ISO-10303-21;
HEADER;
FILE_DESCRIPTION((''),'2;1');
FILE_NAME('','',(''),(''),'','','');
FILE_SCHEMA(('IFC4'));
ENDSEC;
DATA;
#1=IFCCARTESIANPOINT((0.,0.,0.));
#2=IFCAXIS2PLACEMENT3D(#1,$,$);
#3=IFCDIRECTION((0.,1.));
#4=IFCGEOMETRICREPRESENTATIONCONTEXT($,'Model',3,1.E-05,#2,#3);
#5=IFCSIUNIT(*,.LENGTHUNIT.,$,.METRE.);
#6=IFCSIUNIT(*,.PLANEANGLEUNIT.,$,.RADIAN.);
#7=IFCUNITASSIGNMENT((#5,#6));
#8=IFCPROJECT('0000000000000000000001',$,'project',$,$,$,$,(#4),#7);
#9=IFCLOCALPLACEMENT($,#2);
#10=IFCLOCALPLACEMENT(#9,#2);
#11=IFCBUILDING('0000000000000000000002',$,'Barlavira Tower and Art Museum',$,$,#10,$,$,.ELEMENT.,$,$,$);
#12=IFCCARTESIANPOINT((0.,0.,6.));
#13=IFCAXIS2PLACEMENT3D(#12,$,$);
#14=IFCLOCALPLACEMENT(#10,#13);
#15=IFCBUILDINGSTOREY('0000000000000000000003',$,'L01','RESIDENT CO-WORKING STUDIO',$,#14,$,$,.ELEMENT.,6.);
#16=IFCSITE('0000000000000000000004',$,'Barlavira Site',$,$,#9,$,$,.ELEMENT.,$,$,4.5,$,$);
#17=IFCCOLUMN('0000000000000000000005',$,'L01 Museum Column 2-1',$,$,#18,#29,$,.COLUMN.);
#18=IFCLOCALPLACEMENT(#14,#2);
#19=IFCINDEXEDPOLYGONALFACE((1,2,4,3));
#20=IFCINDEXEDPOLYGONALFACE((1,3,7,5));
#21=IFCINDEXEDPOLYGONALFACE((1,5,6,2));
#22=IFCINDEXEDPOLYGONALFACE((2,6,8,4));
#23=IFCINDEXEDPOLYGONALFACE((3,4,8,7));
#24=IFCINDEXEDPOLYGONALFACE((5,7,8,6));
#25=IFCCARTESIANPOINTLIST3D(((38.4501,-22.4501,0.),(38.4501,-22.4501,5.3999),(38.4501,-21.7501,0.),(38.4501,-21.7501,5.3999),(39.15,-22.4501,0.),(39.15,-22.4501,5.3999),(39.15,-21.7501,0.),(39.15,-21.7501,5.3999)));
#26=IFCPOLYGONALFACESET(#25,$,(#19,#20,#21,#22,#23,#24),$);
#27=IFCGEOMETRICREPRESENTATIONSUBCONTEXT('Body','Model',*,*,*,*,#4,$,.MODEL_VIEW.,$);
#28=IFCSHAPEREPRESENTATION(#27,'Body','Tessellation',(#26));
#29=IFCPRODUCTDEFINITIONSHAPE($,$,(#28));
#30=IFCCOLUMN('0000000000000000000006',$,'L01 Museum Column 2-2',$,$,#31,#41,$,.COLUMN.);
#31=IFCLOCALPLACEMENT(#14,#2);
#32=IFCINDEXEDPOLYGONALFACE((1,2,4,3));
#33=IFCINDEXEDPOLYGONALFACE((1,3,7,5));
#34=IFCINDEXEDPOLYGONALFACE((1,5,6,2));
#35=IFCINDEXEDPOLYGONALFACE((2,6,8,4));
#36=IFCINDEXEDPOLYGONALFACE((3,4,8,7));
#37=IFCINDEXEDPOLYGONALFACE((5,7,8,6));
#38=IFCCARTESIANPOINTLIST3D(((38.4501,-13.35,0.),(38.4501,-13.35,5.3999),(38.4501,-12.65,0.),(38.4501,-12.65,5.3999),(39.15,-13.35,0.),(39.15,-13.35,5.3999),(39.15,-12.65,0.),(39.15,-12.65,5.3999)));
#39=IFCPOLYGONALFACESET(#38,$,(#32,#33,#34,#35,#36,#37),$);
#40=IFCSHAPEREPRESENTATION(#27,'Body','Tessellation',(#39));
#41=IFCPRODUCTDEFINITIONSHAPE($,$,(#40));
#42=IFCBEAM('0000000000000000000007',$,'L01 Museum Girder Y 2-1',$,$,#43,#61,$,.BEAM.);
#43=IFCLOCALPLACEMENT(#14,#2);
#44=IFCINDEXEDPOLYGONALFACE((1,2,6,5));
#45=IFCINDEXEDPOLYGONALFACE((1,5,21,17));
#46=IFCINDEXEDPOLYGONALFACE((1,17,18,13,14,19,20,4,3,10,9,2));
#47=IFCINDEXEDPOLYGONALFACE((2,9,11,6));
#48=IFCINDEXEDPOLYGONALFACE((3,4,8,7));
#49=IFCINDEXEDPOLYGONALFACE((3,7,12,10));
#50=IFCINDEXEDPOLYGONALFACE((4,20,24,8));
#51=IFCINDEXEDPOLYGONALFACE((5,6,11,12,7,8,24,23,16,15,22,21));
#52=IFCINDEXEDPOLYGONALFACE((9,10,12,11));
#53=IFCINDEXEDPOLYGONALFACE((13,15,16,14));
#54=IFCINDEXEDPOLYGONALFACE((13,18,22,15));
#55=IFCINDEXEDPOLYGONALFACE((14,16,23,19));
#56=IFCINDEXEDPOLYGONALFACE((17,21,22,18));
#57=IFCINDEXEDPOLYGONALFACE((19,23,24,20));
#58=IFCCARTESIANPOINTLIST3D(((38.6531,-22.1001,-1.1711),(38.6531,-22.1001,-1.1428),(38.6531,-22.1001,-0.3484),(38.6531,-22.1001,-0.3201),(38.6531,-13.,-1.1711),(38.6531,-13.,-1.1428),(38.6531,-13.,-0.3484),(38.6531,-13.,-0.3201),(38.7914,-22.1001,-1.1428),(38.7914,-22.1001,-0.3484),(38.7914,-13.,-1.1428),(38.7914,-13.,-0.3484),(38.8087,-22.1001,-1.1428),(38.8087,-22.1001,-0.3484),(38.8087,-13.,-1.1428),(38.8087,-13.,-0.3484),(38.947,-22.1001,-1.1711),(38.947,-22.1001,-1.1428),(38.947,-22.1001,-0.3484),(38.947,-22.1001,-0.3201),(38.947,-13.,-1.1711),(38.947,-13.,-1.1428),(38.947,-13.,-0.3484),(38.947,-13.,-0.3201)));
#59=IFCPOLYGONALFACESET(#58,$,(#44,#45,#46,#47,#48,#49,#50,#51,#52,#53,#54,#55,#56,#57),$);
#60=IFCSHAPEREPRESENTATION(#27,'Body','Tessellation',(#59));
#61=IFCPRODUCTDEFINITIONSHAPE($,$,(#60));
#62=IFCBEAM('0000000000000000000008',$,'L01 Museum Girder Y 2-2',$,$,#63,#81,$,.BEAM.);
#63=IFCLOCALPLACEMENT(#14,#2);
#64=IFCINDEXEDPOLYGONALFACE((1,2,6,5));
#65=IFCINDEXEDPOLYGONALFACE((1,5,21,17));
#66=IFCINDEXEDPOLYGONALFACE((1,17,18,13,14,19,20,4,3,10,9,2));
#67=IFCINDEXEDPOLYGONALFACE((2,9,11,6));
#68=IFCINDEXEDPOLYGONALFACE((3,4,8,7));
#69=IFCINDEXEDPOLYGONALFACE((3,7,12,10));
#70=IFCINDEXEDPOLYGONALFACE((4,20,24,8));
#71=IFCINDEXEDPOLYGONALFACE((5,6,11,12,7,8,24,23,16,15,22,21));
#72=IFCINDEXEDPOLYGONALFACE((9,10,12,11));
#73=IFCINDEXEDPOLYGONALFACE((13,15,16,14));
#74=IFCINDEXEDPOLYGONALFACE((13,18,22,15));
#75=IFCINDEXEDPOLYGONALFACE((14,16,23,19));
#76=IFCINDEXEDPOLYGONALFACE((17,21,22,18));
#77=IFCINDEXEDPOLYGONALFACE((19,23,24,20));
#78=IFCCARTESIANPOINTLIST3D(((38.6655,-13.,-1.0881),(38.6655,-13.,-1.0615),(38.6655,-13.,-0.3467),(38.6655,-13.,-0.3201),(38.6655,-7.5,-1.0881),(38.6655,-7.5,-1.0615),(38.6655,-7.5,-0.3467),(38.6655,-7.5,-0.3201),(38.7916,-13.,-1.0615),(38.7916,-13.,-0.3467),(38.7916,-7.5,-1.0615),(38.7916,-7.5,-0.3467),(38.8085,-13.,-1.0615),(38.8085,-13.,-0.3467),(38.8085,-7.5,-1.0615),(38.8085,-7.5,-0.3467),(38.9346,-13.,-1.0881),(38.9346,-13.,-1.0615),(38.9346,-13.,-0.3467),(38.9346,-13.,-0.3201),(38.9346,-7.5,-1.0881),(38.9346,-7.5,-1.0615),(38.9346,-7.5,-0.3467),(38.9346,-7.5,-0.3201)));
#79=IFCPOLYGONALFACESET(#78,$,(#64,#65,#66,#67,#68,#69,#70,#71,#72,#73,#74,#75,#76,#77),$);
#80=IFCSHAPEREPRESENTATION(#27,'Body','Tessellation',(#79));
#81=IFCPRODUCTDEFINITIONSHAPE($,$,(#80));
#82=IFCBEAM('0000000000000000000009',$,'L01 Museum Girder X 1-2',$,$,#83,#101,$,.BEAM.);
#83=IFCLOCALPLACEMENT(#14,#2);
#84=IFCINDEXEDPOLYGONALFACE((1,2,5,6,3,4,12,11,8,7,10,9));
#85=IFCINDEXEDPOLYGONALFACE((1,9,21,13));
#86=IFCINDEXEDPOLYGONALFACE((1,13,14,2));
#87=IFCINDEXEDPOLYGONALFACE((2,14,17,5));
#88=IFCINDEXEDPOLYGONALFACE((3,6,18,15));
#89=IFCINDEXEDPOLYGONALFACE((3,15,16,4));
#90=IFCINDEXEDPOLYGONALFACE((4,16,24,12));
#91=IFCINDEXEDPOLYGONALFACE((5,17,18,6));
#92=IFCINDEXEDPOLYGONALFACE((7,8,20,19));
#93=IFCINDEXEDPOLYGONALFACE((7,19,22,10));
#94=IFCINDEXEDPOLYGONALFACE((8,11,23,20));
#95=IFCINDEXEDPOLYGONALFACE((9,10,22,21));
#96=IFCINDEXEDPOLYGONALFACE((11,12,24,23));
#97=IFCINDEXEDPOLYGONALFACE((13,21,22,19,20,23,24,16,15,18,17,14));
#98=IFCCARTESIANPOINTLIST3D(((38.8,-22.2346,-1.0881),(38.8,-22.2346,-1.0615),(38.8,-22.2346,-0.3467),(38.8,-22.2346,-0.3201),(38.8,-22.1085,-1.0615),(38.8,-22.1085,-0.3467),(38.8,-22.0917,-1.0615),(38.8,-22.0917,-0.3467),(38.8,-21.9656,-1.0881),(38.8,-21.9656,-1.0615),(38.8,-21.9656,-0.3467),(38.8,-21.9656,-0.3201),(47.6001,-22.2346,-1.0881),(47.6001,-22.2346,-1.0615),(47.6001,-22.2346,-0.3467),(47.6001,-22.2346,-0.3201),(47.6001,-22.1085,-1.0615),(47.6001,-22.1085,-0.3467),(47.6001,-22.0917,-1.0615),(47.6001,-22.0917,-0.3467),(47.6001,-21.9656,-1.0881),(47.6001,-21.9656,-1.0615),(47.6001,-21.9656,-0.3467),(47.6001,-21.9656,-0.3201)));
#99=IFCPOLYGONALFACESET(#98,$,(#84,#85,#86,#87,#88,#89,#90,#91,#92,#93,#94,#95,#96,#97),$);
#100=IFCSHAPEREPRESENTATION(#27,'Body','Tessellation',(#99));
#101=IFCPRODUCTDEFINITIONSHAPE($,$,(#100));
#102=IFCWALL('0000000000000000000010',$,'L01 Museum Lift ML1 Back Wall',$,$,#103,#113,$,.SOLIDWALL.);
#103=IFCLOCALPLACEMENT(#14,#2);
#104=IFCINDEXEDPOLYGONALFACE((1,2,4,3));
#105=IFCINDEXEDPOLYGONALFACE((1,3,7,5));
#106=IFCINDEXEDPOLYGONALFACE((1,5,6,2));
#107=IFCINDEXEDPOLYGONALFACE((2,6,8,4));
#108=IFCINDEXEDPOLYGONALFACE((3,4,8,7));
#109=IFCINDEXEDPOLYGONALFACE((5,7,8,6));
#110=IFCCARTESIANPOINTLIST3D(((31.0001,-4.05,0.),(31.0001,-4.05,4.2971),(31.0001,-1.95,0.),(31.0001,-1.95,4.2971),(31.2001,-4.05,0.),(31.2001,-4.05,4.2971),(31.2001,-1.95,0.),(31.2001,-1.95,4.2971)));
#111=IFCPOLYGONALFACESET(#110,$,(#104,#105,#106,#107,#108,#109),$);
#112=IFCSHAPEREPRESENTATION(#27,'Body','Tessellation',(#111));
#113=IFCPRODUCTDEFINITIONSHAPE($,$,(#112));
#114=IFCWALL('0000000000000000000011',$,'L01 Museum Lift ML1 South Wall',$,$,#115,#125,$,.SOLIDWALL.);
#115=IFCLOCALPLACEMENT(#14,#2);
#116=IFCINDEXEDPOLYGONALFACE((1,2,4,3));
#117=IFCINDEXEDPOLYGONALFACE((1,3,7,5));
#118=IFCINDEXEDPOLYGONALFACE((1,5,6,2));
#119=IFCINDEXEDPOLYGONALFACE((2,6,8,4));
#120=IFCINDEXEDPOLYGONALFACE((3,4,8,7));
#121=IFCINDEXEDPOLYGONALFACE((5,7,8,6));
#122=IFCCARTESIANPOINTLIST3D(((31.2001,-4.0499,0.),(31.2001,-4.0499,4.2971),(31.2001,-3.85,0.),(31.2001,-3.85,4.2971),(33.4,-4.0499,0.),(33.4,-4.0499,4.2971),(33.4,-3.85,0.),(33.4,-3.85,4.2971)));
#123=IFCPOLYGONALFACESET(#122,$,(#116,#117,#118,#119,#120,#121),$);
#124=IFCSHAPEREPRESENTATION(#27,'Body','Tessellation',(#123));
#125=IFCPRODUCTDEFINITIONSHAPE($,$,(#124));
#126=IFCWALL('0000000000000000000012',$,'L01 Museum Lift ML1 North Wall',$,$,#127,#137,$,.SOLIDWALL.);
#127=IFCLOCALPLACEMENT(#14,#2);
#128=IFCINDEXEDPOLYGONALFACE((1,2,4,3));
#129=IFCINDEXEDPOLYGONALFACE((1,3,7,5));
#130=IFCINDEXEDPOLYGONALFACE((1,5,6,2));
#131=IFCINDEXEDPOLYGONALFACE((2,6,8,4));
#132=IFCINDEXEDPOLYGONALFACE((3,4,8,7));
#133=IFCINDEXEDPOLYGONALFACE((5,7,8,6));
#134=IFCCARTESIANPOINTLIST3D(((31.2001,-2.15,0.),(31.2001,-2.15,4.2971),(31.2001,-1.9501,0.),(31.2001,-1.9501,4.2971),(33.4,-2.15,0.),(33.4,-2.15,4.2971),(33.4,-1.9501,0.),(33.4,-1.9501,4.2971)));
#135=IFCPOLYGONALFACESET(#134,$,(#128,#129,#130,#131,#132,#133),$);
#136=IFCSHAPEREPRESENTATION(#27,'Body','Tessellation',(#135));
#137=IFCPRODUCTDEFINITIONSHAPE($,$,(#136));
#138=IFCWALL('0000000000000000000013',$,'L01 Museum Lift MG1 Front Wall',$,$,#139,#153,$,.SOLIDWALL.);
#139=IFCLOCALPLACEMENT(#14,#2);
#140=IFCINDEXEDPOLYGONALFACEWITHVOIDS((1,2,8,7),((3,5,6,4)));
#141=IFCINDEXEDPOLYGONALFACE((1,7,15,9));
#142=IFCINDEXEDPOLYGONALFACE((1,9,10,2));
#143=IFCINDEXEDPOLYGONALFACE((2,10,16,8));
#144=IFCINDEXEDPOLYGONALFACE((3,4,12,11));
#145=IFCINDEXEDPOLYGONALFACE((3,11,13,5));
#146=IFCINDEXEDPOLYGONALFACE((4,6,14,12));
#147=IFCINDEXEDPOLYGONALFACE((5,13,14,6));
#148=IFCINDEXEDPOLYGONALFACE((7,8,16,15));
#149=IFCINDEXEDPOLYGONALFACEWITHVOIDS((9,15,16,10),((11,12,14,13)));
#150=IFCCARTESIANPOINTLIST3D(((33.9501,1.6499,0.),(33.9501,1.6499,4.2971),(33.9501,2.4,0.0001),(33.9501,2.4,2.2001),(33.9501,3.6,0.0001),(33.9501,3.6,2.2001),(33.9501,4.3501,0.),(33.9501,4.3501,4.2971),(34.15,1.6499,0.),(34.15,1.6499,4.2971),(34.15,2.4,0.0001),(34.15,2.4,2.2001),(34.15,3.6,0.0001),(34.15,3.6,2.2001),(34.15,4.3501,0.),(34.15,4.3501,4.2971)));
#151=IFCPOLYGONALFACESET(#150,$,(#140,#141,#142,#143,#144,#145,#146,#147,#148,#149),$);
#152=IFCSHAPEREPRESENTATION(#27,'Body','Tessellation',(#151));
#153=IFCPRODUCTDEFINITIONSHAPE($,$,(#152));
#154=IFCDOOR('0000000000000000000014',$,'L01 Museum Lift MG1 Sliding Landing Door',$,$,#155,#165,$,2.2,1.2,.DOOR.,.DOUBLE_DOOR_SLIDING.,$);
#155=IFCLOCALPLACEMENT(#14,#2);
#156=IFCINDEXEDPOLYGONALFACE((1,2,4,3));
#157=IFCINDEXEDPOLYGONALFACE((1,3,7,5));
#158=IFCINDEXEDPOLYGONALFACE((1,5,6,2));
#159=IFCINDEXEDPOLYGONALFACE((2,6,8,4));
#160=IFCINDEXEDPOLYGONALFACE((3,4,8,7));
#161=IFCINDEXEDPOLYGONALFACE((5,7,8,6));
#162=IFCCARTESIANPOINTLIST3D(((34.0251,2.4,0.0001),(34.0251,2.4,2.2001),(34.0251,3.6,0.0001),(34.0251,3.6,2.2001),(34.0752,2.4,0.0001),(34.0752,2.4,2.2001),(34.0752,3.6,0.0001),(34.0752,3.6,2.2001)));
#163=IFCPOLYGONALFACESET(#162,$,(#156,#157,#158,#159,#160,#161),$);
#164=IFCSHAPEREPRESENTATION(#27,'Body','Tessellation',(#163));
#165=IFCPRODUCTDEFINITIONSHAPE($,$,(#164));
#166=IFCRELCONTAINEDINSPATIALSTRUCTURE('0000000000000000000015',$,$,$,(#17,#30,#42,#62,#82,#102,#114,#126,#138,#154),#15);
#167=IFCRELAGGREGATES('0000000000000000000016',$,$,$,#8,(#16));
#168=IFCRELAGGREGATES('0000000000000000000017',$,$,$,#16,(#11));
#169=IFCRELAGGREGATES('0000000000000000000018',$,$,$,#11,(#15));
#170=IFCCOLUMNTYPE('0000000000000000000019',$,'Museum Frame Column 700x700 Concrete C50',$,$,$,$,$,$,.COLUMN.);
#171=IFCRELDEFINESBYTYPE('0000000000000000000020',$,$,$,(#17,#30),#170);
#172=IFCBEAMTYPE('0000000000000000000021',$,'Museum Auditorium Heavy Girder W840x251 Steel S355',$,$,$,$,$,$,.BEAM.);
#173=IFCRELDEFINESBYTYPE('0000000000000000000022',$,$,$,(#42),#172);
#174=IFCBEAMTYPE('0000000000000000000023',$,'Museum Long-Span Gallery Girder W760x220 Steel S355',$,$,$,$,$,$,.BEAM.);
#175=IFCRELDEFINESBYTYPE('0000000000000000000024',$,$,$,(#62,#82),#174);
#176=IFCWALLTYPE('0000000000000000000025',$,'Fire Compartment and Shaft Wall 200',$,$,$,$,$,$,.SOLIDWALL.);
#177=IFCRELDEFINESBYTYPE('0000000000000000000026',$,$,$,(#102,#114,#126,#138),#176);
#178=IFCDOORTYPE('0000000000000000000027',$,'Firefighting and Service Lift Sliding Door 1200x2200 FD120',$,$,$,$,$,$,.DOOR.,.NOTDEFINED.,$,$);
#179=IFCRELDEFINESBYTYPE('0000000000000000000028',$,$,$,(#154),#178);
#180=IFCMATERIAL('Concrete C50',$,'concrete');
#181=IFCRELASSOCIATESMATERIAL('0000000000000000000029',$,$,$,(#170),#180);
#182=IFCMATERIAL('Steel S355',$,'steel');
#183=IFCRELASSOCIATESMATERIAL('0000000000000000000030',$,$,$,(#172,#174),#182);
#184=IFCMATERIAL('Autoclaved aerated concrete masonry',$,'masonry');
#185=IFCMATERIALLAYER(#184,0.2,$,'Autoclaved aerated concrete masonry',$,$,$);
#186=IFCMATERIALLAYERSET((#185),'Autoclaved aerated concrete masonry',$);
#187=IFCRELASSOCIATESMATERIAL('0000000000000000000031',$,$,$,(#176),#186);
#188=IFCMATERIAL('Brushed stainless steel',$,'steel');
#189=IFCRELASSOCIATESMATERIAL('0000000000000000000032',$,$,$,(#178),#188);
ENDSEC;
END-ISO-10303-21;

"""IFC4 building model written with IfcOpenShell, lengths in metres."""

from ifc_helpers import new_model, si_unit, direction, frame, frame_2d, origin, origin_2d, place, context, subcontext, project, spatial, rectangle, i_section, extrude, material, layer, layer_set, material_profile, profile_set, type_object, element, fill, save


model = new_model("IFC4")

# Units and contexts
model_context = context("Model", 3, precision=1e-05, world=origin(), true_north=direction((0.0, 1.0)))
body_context = subcontext(model_context, "Body", "Model", "MODEL_VIEW")
ifc_project = project(units=[si_unit("LENGTHUNIT", "METRE"), si_unit("PLANEANGLEUNIT", "RADIAN")], contexts=[model_context])

# Site, building, storey
site_placement = place(None, origin())
site = spatial("IfcSite", under=ifc_project, at=site_placement, Name="Barlavira Site", CompositionType="ELEMENT", RefElevation=4.5)
building_placement = place(site_placement, origin())
building = spatial("IfcBuilding", under=site, at=building_placement, Name="Barlavira Tower and Art Museum", CompositionType="ELEMENT")
storey_placement = place(building_placement, frame((0.0, 0.0, 6.0)))
storey = spatial("IfcBuildingStorey", under=building, at=storey_placement, Name="L01", Description="RESIDENT CO-WORKING STUDIO", CompositionType="ELEMENT", Elevation=6.0)

# Columns
ifc_material_1 = material(Name="Concrete C50", Category="concrete")
ifc_material_profile_1 = material_profile(ifc_material_1, rectangle(XDim=0.7, YDim=0.7, at=origin_2d()), Name="RC-COL 700x700")
ifc_profile_set_1 = profile_set([ifc_material_profile_1], Name="Concrete C50")
column_type = type_object("IfcColumnType", Name="Museum Frame Column 700x700 Concrete C50", PredefinedType="COLUMN", material=ifc_profile_set_1)
for number, where, z_axis, x_axis, name in (
    (1, (38.8, -22.1001, 0.0), (0.0, 0.0, 1.0), (1.0, 0.0, 0.0), "L01 Museum Column 2-1"),
    (2, (38.8, -13.0, 0.0), (0.0, 0.0, 1.0), (1.0, 0.0, 0.0), "L01 Museum Column 2-2"),
):
    element("IfcColumn", number, at=place(storey_placement, frame(where, z_axis=z_axis, x_axis=x_axis)), inside=storey, type_object=column_type, Name=name, PredefinedType="COLUMN", context=body_context, shape_type="SweptSolid", body=[
        extrude(rectangle(XDim=0.7, YDim=0.7, at=origin_2d()), origin(), (0.0, 0.0, 1.0), 5.3999),
    ])

# Beams
ifc_material_2 = material(Name="Steel S355", Category="steel")
ifc_material_profile_2 = material_profile(ifc_material_2, i_section(OverallWidth=0.2939, OverallDepth=0.8511, WebThickness=0.0173, FlangeThickness=0.0283, at=origin_2d()), Name="W840x251.0")
ifc_profile_set_2 = profile_set([ifc_material_profile_2], Name="Steel S355")
beam_type_1 = type_object("IfcBeamType", Name="Museum Auditorium Heavy Girder W840x251 Steel S355", PredefinedType="BEAM", material=ifc_profile_set_2)
beam_1_placement = place(storey_placement, frame((38.8, -22.1001, -0.7456), z_axis=(0.0, 1.0, 0.0), x_axis=(-1.0, 0.0, 0.0)))
element("IfcBeam", 3, at=beam_1_placement, inside=storey, type_object=beam_type_1, Name="L01 Museum Girder Y 2-1", PredefinedType="BEAM", context=body_context, shape_type="SweptSolid", body=[
    extrude(i_section(OverallWidth=0.2939, OverallDepth=0.8511, WebThickness=0.0173, FlangeThickness=0.0283, at=origin_2d()), origin(), (0.0, 0.0, 1.0), 9.1001),
])
ifc_material_profile_3 = material_profile(ifc_material_2, i_section(OverallWidth=0.269, OverallDepth=0.7681, WebThickness=0.0168, FlangeThickness=0.0266, at=origin_2d()), Name="W760x220.0")
ifc_profile_set_3 = profile_set([ifc_material_profile_3], Name="Steel S355")
beam_type_2 = type_object("IfcBeamType", Name="Museum Long-Span Gallery Girder W760x220 Steel S355", PredefinedType="BEAM", material=ifc_profile_set_3)
beam_2_placement = place(storey_placement, frame((38.8, -13.0, -0.7041), z_axis=(0.0, 1.0, 0.0), x_axis=(-1.0, 0.0, 0.0)))
element("IfcBeam", 4, at=beam_2_placement, inside=storey, type_object=beam_type_2, Name="L01 Museum Girder Y 2-2", PredefinedType="BEAM", context=body_context, shape_type="SweptSolid", body=[
    extrude(i_section(OverallWidth=0.269, OverallDepth=0.7681, WebThickness=0.0168, FlangeThickness=0.0266, at=origin_2d()), origin(), (0.0, 0.0, 1.0), 5.5),
])
beam_3_placement = place(storey_placement, frame((38.8, -22.1001, -0.7041), z_axis=(1.0, 0.0, 0.0), x_axis=(0.0, 1.0, 0.0)))
element("IfcBeam", 5, at=beam_3_placement, inside=storey, type_object=beam_type_2, Name="L01 Museum Girder X 1-2", PredefinedType="BEAM", context=body_context, shape_type="SweptSolid", body=[
    extrude(i_section(OverallWidth=0.269, OverallDepth=0.7681, WebThickness=0.0168, FlangeThickness=0.0266, at=origin_2d()), origin(), (0.0, 0.0, 1.0), 8.8),
])

# Shared definitions
ifc_material_3 = material(Name="Autoclaved aerated concrete masonry", Category="masonry")
ifc_layer_1 = layer(ifc_material_3, 0.2, Name="Autoclaved aerated concrete masonry")
ifc_layer_set_1 = layer_set([ifc_layer_1], Name="Autoclaved aerated concrete masonry")
wall_type_1 = type_object("IfcWallType", Name="Fire Compartment and Shaft Wall 200", PredefinedType="SOLIDWALL", material=ifc_layer_set_1)
ifc_material_4 = material(Name="Brushed stainless steel", Category="steel")

# Walls
wall_1_placement = place(storey_placement, frame((31.1001, -4.05, 0.0), z_axis=(0.0, 0.0, 1.0), x_axis=(0.0, 1.0, 0.0)))
element("IfcWall", 6, at=wall_1_placement, inside=storey, type_object=wall_type_1, Name="L01 Museum Lift ML1 Back Wall", PredefinedType="SOLIDWALL", context=body_context, shape_type="SweptSolid", body=[
    extrude(rectangle(XDim=2.1001, YDim=0.2, at=frame_2d((1.05, 0.0))), origin(), (0.0, 0.0, 1.0), 4.2971),
])
for number, where, z_axis, x_axis, name in (
    (7, (31.2, -3.95, 0.0), (0.0, 0.0, 1.0), (1.0, 0.0, 0.0), "L01 Museum Lift ML1 South Wall"),
    (8, (31.2, -2.05, 0.0), (0.0, 0.0, 1.0), (1.0, 0.0, 0.0), "L01 Museum Lift ML1 North Wall"),
):
    element("IfcWall", number, at=place(storey_placement, frame(where, z_axis=z_axis, x_axis=x_axis)), inside=storey, type_object=wall_type_1, Name=name, PredefinedType="SOLIDWALL", context=body_context, shape_type="SweptSolid", body=[
        extrude(rectangle(XDim=2.2, YDim=0.2, at=frame_2d((1.1001, 0.0))), origin(), (0.0, 0.0, 1.0), 4.2971),
    ])

# Wall, opening, door
wall_2_placement = place(storey_placement, frame((34.05, 1.6499, 0.0), z_axis=(0.0, 0.0, 1.0), x_axis=(0.0, 1.0, 0.0)))
wall_2 = element("IfcWall", 9, at=wall_2_placement, inside=storey, type_object=wall_type_1, Name="L01 Museum Lift MG1 Front Wall", PredefinedType="SOLIDWALL", context=body_context, shape_type="SweptSolid", body=[
    extrude(rectangle(XDim=2.7002, YDim=0.2, at=frame_2d((1.3501, 0.0))), origin(), (0.0, 0.0, 1.0), 4.2971),
])
opening_1_placement = place(wall_2_placement, frame((0.75, 0.0, 0.0)))
opening_1 = element("IfcOpeningElement", 10, at=opening_1_placement, cuts=wall_2, PredefinedType="OPENING", context=body_context, shape_type="SweptSolid", body=[
    extrude(rectangle(XDim=1.2, YDim=2.2, at=frame_2d((0.6001, 1.1001))), frame((0.0, 0.1099, 0.0), z_axis=(0.0, -1.0, 0.0), x_axis=(1.0, 0.0, 0.0)), (0.0, 0.0, 1.0), 0.22),
])
door_type_1 = type_object("IfcDoorType", Name="Firefighting and Service Lift Sliding Door 1200x2200 FD120", OperationType="NOTDEFINED", PredefinedType="DOOR", material=ifc_material_4)
door_1_placement = place(opening_1_placement, origin())
door_1 = element("IfcDoor", 11, at=door_1_placement, inside=storey, type_object=door_type_1, Name="L01 Museum Lift MG1 Sliding Landing Door", OperationType="DOUBLE_DOOR_SLIDING", OverallHeight=2.2, OverallWidth=1.2, PredefinedType="DOOR", context=body_context, shape_type="SweptSolid", body=[
    extrude(rectangle(XDim=1.2, YDim=2.2, at=frame_2d((0.6001, 1.1001))), frame((0.0, 0.0249, 0.0), z_axis=(0.0, -1.0, 0.0), x_axis=(1.0, 0.0, 0.0)), (0.0, 0.0, 1.0), 0.05),
])
fill(opening_1, door_1)

save(model, "model.ifc")
